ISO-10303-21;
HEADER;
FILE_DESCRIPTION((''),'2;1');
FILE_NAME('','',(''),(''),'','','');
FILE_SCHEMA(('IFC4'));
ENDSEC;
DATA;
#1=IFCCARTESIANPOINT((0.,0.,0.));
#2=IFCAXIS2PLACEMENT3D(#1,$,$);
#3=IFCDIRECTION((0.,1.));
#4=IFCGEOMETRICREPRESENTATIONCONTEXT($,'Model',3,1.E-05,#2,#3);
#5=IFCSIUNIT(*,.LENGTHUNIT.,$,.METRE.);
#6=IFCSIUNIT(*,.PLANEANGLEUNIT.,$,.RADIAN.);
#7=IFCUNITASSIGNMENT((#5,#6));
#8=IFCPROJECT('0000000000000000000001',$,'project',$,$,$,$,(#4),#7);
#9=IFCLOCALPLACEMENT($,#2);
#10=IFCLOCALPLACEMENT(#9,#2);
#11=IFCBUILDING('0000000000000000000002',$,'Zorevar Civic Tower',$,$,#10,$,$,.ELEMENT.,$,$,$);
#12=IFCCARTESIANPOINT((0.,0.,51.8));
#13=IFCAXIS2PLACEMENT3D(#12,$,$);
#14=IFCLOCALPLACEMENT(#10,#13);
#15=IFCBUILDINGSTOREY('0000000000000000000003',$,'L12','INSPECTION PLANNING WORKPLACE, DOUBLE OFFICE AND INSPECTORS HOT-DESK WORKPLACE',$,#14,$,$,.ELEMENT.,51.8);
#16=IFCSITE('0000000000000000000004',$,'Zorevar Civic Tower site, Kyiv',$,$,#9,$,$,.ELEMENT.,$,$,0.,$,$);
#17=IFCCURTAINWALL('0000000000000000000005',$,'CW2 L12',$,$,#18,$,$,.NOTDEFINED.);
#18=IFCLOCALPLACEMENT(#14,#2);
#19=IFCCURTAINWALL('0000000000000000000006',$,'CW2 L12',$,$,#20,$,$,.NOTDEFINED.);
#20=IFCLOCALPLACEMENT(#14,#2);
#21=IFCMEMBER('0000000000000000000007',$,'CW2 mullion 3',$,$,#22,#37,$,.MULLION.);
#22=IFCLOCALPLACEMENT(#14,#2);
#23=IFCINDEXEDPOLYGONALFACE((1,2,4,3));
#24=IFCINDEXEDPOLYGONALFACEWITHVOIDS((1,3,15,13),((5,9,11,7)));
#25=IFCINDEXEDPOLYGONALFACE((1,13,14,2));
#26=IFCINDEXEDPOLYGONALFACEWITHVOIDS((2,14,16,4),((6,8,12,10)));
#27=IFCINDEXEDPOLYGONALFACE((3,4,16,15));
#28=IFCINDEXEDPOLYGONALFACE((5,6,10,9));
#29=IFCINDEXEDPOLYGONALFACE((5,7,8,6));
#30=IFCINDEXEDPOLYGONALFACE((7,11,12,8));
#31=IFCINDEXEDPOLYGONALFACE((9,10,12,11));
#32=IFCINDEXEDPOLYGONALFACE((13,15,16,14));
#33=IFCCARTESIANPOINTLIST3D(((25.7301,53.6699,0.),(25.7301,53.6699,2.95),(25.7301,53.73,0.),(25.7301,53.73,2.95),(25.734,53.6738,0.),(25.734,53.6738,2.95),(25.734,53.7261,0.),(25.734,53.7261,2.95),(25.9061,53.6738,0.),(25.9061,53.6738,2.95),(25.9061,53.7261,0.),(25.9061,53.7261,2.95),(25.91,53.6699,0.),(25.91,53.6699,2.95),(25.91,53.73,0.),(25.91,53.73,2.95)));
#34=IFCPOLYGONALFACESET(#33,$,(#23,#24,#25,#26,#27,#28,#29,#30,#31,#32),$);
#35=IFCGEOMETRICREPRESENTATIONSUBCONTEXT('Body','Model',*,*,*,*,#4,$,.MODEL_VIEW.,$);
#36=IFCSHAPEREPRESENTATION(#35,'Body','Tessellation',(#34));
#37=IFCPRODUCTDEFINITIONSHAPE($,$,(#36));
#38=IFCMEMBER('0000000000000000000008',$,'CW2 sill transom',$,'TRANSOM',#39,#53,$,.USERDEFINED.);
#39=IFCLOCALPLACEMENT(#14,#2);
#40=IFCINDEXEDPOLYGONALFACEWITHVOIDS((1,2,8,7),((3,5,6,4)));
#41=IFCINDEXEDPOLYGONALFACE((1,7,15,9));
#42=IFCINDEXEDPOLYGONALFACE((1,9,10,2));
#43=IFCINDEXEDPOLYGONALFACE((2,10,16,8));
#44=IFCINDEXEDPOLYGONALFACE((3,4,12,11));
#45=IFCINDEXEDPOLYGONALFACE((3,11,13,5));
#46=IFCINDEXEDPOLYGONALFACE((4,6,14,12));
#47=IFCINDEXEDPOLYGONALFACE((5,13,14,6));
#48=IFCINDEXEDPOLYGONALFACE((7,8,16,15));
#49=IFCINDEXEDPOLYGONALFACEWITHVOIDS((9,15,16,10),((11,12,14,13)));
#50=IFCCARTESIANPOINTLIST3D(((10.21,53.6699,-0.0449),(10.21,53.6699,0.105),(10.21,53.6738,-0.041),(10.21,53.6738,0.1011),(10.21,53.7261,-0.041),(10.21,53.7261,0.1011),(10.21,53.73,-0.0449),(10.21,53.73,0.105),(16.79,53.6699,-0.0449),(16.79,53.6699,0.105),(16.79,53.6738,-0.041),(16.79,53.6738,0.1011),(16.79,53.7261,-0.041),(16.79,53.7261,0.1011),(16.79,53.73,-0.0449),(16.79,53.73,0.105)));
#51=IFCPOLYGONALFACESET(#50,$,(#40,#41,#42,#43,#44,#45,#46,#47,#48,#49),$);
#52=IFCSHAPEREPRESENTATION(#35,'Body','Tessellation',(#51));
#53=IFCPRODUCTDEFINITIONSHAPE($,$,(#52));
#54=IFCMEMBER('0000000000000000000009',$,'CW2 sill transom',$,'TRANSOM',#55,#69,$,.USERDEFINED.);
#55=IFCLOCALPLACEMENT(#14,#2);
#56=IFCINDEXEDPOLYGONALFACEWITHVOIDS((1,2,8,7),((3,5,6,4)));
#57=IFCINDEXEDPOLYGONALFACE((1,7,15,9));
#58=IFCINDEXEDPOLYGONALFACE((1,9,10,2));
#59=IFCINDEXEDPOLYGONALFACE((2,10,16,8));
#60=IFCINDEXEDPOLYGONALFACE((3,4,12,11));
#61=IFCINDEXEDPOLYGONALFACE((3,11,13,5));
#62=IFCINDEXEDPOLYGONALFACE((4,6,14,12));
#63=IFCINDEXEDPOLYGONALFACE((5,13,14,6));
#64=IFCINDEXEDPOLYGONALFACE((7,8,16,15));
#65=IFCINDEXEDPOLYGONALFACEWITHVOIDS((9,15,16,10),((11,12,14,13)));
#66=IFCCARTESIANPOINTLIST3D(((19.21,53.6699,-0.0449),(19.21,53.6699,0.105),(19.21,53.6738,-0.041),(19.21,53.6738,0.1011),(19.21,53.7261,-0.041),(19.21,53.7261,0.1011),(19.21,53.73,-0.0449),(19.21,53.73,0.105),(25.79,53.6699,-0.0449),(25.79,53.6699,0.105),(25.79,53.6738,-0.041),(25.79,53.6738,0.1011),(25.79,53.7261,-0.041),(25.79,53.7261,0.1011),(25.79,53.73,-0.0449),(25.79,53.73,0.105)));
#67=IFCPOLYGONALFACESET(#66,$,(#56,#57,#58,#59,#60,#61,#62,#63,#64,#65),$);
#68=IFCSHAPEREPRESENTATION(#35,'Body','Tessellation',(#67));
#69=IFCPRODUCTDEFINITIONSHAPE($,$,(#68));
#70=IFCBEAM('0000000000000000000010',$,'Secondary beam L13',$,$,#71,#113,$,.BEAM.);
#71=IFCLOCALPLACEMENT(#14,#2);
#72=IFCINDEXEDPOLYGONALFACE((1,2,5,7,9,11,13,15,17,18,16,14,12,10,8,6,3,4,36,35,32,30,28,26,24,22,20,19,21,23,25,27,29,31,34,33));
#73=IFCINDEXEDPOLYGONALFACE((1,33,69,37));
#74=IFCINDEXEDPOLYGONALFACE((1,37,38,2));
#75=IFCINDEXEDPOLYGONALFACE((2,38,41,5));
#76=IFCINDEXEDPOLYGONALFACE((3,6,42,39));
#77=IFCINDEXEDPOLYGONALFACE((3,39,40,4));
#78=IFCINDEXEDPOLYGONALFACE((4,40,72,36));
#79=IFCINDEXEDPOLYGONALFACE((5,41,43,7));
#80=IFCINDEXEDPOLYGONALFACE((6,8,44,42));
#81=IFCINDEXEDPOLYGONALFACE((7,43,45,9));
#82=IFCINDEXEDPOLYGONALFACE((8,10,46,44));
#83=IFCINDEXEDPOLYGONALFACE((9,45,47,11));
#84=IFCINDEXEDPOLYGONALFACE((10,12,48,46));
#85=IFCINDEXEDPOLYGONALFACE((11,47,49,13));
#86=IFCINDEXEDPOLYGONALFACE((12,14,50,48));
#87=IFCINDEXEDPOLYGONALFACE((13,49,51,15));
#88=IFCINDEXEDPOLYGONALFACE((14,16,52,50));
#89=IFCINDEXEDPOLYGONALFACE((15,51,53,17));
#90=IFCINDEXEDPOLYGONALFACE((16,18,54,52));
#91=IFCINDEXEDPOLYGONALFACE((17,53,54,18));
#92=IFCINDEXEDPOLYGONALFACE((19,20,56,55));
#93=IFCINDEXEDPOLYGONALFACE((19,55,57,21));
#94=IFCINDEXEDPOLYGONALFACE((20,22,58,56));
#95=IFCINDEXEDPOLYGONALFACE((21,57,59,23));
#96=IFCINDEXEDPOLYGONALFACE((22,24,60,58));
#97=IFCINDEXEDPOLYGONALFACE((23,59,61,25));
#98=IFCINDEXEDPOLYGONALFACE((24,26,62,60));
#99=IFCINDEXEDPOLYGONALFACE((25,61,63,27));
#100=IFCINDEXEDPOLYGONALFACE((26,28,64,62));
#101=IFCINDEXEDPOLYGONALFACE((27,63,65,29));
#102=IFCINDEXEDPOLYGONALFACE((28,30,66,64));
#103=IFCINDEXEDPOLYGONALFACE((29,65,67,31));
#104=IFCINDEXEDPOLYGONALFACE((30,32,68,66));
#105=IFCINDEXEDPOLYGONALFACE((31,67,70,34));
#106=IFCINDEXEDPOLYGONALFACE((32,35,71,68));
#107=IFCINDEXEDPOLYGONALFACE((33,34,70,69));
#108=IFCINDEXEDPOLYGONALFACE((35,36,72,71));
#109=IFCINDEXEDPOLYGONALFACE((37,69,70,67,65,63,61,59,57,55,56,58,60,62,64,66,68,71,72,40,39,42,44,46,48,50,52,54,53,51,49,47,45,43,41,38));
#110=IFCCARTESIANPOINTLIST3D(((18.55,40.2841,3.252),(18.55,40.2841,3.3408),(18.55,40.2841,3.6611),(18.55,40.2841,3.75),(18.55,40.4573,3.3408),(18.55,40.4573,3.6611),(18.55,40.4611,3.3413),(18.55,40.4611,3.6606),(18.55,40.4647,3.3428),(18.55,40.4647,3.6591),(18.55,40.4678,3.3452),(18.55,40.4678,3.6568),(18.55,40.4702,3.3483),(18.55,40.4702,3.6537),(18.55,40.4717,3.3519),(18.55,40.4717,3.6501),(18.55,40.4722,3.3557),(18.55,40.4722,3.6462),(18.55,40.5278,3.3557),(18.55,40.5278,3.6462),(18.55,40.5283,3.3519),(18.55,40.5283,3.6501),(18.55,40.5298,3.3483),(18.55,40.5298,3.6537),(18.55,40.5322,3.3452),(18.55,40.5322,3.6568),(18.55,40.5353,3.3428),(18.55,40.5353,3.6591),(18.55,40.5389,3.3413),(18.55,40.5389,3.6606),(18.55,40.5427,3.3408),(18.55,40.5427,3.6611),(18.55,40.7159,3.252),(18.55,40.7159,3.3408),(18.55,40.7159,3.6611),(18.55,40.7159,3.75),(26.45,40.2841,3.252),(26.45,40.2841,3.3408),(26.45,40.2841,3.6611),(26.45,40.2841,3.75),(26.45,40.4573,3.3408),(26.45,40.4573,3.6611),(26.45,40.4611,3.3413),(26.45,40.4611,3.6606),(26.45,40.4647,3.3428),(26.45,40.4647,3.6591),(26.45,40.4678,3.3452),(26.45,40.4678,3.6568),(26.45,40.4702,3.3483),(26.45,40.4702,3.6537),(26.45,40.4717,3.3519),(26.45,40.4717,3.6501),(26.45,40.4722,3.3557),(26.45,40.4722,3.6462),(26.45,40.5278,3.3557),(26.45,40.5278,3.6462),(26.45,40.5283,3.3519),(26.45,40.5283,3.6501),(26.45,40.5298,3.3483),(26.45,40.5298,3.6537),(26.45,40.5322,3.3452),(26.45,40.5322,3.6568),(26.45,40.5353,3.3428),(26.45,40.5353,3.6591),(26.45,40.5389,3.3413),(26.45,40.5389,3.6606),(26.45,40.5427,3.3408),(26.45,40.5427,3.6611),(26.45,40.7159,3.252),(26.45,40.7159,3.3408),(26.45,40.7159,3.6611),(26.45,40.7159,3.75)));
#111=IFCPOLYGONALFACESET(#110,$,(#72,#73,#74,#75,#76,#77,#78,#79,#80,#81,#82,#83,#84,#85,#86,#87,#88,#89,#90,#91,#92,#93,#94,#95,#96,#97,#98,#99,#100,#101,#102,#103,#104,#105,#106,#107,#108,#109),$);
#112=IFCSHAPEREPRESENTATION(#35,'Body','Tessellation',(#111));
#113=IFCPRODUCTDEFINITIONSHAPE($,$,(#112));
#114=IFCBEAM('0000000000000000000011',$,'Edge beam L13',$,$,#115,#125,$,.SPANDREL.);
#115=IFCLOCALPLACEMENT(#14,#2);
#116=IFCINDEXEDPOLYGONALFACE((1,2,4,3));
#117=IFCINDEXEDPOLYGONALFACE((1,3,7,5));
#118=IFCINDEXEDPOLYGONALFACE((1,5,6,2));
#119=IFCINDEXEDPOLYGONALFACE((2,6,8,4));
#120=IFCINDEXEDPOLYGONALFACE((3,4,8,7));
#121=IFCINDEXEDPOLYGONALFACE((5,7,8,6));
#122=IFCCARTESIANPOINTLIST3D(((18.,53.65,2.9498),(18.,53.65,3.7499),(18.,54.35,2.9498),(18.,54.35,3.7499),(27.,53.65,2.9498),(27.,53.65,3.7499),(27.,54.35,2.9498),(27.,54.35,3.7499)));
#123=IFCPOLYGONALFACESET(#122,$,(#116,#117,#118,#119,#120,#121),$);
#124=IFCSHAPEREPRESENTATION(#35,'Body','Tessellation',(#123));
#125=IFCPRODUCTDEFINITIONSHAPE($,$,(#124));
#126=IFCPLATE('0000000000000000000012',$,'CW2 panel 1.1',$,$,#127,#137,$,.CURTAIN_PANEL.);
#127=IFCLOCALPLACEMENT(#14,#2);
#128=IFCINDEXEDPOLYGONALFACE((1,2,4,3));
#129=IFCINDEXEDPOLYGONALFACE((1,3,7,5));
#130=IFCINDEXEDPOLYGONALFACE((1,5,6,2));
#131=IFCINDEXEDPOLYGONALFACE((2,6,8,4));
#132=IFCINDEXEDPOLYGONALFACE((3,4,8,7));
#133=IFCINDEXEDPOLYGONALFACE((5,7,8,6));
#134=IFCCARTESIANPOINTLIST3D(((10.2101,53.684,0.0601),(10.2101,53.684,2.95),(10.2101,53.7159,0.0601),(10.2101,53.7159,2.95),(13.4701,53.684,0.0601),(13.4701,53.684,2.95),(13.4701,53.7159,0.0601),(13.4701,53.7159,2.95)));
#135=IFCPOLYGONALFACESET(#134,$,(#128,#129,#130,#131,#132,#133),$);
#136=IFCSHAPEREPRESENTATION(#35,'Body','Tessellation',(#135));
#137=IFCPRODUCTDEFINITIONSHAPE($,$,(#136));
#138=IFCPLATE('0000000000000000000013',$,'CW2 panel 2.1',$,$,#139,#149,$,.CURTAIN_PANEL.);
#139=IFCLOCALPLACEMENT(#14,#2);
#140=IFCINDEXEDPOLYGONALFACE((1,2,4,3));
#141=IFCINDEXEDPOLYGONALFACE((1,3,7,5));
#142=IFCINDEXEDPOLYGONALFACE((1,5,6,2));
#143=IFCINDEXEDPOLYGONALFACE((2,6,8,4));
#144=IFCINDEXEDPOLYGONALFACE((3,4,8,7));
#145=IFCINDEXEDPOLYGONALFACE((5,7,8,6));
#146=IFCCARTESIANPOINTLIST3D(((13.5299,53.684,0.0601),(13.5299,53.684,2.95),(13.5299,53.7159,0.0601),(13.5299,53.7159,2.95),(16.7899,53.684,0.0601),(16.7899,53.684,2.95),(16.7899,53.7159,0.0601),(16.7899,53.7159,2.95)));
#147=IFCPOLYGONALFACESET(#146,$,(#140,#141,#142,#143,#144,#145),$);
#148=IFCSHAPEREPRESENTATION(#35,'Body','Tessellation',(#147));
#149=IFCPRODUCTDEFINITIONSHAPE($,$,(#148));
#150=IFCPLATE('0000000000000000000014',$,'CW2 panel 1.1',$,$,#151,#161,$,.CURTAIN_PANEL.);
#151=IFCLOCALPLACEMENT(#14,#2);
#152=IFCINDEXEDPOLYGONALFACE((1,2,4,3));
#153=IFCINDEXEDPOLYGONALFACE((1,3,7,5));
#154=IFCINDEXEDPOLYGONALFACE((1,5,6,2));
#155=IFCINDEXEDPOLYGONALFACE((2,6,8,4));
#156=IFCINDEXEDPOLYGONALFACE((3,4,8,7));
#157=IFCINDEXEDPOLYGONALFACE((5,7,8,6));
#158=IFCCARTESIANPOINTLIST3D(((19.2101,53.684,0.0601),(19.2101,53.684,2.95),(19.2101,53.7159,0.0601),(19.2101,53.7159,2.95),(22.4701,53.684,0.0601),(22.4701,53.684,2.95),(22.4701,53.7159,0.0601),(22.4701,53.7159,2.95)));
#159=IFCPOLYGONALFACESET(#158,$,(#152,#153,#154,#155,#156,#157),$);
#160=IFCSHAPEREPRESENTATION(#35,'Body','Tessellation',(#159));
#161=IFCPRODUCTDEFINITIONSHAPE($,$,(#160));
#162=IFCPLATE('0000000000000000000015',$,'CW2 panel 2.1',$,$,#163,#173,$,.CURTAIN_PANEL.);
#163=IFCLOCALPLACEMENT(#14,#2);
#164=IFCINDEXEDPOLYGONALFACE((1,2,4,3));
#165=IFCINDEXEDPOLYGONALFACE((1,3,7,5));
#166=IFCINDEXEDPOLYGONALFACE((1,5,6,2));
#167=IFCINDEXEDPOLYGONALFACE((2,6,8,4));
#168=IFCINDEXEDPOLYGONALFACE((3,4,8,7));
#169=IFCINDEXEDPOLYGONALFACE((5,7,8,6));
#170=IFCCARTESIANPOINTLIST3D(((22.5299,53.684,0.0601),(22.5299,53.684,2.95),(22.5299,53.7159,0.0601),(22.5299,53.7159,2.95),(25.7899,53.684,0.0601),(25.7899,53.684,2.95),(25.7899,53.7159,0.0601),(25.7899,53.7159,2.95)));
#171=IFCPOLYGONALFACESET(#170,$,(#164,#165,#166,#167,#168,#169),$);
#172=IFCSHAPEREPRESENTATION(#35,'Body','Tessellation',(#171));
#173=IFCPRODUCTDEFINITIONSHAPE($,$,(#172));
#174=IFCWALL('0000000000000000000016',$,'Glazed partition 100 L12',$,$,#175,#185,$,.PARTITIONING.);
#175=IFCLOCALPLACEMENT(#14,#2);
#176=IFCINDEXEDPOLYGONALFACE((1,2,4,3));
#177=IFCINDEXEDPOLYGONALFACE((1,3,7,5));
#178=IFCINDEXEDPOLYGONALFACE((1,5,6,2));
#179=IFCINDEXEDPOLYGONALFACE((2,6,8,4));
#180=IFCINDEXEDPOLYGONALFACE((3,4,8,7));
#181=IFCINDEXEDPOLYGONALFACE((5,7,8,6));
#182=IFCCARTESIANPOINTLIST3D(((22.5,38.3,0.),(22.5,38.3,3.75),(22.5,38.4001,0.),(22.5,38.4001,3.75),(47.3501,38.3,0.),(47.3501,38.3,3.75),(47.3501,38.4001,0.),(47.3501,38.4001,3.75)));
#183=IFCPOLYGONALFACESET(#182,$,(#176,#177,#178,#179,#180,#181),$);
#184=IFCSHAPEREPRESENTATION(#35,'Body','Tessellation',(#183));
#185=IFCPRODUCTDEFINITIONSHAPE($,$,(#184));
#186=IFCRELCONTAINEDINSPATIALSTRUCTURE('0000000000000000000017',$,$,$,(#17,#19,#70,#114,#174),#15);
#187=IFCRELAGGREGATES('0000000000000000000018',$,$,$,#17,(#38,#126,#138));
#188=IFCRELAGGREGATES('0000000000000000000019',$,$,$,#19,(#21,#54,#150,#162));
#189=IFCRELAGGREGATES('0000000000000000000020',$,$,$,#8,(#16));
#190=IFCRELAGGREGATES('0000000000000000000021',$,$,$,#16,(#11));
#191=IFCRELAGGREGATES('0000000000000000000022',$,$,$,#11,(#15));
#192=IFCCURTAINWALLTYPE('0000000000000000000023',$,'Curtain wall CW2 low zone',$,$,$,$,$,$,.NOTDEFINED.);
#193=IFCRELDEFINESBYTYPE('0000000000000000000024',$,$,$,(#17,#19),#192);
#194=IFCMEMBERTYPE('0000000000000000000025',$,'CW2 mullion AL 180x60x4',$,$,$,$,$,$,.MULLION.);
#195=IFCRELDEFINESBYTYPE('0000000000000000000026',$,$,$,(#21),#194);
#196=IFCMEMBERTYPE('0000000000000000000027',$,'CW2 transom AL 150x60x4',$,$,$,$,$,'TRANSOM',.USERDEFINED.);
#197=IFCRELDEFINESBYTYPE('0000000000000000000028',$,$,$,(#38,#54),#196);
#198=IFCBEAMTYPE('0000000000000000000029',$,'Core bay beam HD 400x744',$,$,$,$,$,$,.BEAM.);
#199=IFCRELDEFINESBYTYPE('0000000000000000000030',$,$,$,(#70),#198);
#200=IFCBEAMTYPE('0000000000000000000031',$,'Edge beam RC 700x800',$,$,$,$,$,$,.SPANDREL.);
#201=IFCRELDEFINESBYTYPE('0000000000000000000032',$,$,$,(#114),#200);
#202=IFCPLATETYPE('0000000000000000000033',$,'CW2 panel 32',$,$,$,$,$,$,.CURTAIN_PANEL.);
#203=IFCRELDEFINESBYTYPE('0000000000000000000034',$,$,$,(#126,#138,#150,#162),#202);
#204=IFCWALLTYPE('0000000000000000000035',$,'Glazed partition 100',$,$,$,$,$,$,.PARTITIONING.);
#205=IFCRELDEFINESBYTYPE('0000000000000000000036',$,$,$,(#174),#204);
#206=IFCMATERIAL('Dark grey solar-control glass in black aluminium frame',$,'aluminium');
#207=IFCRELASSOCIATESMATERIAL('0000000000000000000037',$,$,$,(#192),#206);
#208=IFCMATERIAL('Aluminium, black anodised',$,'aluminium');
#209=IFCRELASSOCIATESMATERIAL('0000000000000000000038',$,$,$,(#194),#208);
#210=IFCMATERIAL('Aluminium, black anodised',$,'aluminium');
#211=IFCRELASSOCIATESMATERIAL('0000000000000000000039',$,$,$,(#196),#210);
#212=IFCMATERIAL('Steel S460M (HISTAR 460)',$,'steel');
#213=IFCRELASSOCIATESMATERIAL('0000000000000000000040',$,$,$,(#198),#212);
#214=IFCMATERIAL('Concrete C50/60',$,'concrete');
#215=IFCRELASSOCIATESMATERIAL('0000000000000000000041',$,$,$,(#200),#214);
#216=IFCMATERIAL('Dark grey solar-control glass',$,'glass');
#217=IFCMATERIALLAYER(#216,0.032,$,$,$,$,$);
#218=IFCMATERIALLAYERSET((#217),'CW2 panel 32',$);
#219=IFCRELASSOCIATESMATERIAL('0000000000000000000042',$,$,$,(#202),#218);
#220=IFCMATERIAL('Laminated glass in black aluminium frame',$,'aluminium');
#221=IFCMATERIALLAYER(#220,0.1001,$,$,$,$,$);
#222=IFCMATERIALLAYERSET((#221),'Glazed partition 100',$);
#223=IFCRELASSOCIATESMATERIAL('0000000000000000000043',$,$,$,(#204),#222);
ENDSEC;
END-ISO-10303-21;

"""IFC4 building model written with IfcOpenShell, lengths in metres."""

from ifc_helpers import new_model, si_unit, direction, frame, frame_2d, origin, origin_2d, place, context, subcontext, project, spatial, rectangle, hollow_rectangle, i_section, extrude, material, layer, layer_set, material_profile, profile_set, type_object, element, aggregate, save


model = new_model("IFC4")

# Units and contexts
model_context = context("Model", 3, precision=1e-05, world=origin(), true_north=direction((0.0, 1.0)))
body_context = subcontext(model_context, "Body", "Model", "MODEL_VIEW")
ifc_project = project(units=[si_unit("LENGTHUNIT", "METRE"), si_unit("PLANEANGLEUNIT", "RADIAN")], contexts=[model_context])

# Site, building, storey
site_placement = place(None, origin())
site = spatial("IfcSite", under=ifc_project, at=site_placement, Name="Zorevar Civic Tower site, Kyiv", CompositionType="ELEMENT", RefElevation=0.0)
building_placement = place(site_placement, origin())
building = spatial("IfcBuilding", under=site, at=building_placement, Name="Zorevar Civic Tower", CompositionType="ELEMENT")
storey_placement = place(building_placement, frame((0.0, 0.0, 51.8)))
storey = spatial("IfcBuildingStorey", under=building, at=storey_placement, Name="L12", Description="INSPECTION PLANNING WORKPLACE, DOUBLE OFFICE AND INSPECTORS HOT-DESK WORKPLACE", CompositionType="ELEMENT", Elevation=51.8)

# Curtain walls, member
ifc_material_1 = material(Name="Dark grey solar-control glass in black aluminium frame", Category="aluminium")
curtain_wall_type = type_object("IfcCurtainWallType", Name="Curtain wall CW2 low zone", PredefinedType="NOTDEFINED", material=ifc_material_1)
curtain_wall_1_placement = place(storey_placement, origin())
curtain_wall_1 = element("IfcCurtainWall", 1, at=curtain_wall_1_placement, inside=storey, type_object=curtain_wall_type, Name="CW2 L12", PredefinedType="NOTDEFINED")
ifc_material_2 = material(Name="Aluminium, black anodised", Category="aluminium")
ifc_material_profile_1 = material_profile(ifc_material_2, hollow_rectangle(XDim=0.0601, YDim=0.1799, WallThickness=0.0039, at=origin_2d()), Name="AL 180x60x4")
ifc_profile_set_1 = profile_set([ifc_material_profile_1], Name="Aluminium, black anodised")
member_type_1 = type_object("IfcMemberType", Name="CW2 mullion AL 180x60x4", PredefinedType="MULLION", material=ifc_profile_set_1)
curtain_wall_2_placement = place(storey_placement, origin())
curtain_wall_2 = element("IfcCurtainWall", 2, at=curtain_wall_2_placement, inside=storey, type_object=curtain_wall_type, Name="CW2 L12", PredefinedType="NOTDEFINED")
member_1_placement = place(storey_placement, frame((25.8201, 53.7, 0.0), z_axis=(0.0, 0.0, 1.0), x_axis=(0.0, 1.0, 0.0)))
member_1 = element("IfcMember", 3, at=member_1_placement, type_object=member_type_1, Name="CW2 mullion 3", PredefinedType="MULLION", context=body_context, shape_type="SweptSolid", body=[
    extrude(hollow_rectangle(XDim=0.0601, YDim=0.1799, WallThickness=0.0039, at=origin_2d()), origin(), (0.0, 0.0, 1.0), 2.95),
])

# Members
ifc_material_3 = material(Name="Aluminium, black anodised", Category="aluminium")
ifc_material_profile_2 = material_profile(ifc_material_3, hollow_rectangle(XDim=0.0601, YDim=0.1499, WallThickness=0.0039, at=origin_2d()), Name="AL 150x60x4")
ifc_profile_set_2 = profile_set([ifc_material_profile_2], Name="Aluminium, black anodised")
member_type_2 = type_object("IfcMemberType", Name="CW2 transom AL 150x60x4", ElementType="TRANSOM", PredefinedType="USERDEFINED", material=ifc_profile_set_2)
member_2_placement = place(storey_placement, frame((10.21, 53.7, 0.03), z_axis=(1.0, 0.0, 0.0), x_axis=(0.0, 1.0, 0.0)))
member_2 = element("IfcMember", 4, at=member_2_placement, type_object=member_type_2, Name="CW2 sill transom", ObjectType="TRANSOM", PredefinedType="USERDEFINED", context=body_context, shape_type="SweptSolid", body=[
    extrude(hollow_rectangle(XDim=0.0601, YDim=0.1499, WallThickness=0.0039, at=origin_2d()), origin(), (0.0, 0.0, 1.0), 6.5801),
])
member_3_placement = place(storey_placement, frame((19.21, 53.7, 0.03), z_axis=(1.0, 0.0, 0.0), x_axis=(0.0, 1.0, 0.0)))
member_3 = element("IfcMember", 5, at=member_3_placement, type_object=member_type_2, Name="CW2 sill transom", ObjectType="TRANSOM", PredefinedType="USERDEFINED", context=body_context, shape_type="SweptSolid", body=[
    extrude(hollow_rectangle(XDim=0.0601, YDim=0.1499, WallThickness=0.0039, at=origin_2d()), origin(), (0.0, 0.0, 1.0), 6.5801),
])

# Beams
ifc_material_4 = material(Name="Steel S460M (HISTAR 460)", Category="steel")
ifc_material_profile_3 = material_profile(ifc_material_4, i_section(OverallWidth=0.4319, OverallDepth=0.498, WebThickness=0.0557, FlangeThickness=0.0889, FilletRadius=0.0149, at=origin_2d()), Name="HD 400x744")
ifc_profile_set_3 = profile_set([ifc_material_profile_3], Name="Steel S460M (HISTAR 460)")
beam_type_1 = type_object("IfcBeamType", Name="Core bay beam HD 400x744", PredefinedType="BEAM", material=ifc_profile_set_3)
beam_1_placement = place(storey_placement, frame((18.55, 40.5, 3.501), z_axis=(1.0, 0.0, 0.0), x_axis=(0.0, 1.0, 0.0)))
element("IfcBeam", 6, at=beam_1_placement, inside=storey, type_object=beam_type_1, Name="Secondary beam L13", PredefinedType="BEAM", context=body_context, shape_type="SweptSolid", body=[
    extrude(i_section(OverallWidth=0.4319, OverallDepth=0.498, WebThickness=0.0557, FlangeThickness=0.0889, FilletRadius=0.0149, at=origin_2d()), origin(), (0.0, 0.0, 1.0), 7.8999),
])
ifc_material_5 = material(Name="Concrete C50/60", Category="concrete")
ifc_material_profile_4 = material_profile(ifc_material_5, rectangle(XDim=0.7, YDim=0.8, at=origin_2d()), Name="RC 700x800")
ifc_profile_set_4 = profile_set([ifc_material_profile_4], Name="Concrete C50/60")
beam_type_2 = type_object("IfcBeamType", Name="Edge beam RC 700x800", PredefinedType="SPANDREL", material=ifc_profile_set_4)
beam_2_placement = place(storey_placement, frame((18.0, 54.0, 3.3499), z_axis=(1.0, 0.0, 0.0), x_axis=(0.0, 1.0, 0.0)))
element("IfcBeam", 7, at=beam_2_placement, inside=storey, type_object=beam_type_2, Name="Edge beam L13", PredefinedType="SPANDREL", context=body_context, shape_type="SweptSolid", body=[
    extrude(rectangle(XDim=0.7, YDim=0.8, at=origin_2d()), origin(), (0.0, 0.0, 1.0), 9.0),
])

# Plates
ifc_material_6 = material(Name="Dark grey solar-control glass", Category="glass")
ifc_layer_1 = layer(ifc_material_6, 0.032)
ifc_layer_set_1 = layer_set([ifc_layer_1], Name="CW2 panel 32")
plate_type = type_object("IfcPlateType", Name="CW2 panel 32", PredefinedType="CURTAIN_PANEL", material=ifc_layer_set_1)
plate_1_placement = place(storey_placement, frame((11.8401, 53.7, 0.0601), z_axis=(0.0, 0.0, 1.0), x_axis=(1.0, 0.0, 0.0)))
plate_1 = element("IfcPlate", 8, at=plate_1_placement, type_object=plate_type, Name="CW2 panel 1.1", PredefinedType="CURTAIN_PANEL", context=body_context, shape_type="SweptSolid", body=[
    extrude(rectangle(XDim=3.26, YDim=0.032, at=origin_2d()), origin(), (0.0, 0.0, 1.0), 2.8899),
])
plate_2_placement = place(storey_placement, frame((15.1599, 53.7, 0.0601), z_axis=(0.0, 0.0, 1.0), x_axis=(1.0, 0.0, 0.0)))
plate_2 = element("IfcPlate", 9, at=plate_2_placement, type_object=plate_type, Name="CW2 panel 2.1", PredefinedType="CURTAIN_PANEL", context=body_context, shape_type="SweptSolid", body=[
    extrude(rectangle(XDim=3.26, YDim=0.032, at=origin_2d()), origin(), (0.0, 0.0, 1.0), 2.8899),
])
aggregate(curtain_wall_1, [member_2, plate_1, plate_2])
plate_3_placement = place(storey_placement, frame((20.8401, 53.7, 0.0601), z_axis=(0.0, 0.0, 1.0), x_axis=(1.0, 0.0, 0.0)))
plate_3 = element("IfcPlate", 10, at=plate_3_placement, type_object=plate_type, Name="CW2 panel 1.1", PredefinedType="CURTAIN_PANEL", context=body_context, shape_type="SweptSolid", body=[
    extrude(rectangle(XDim=3.26, YDim=0.032, at=origin_2d()), origin(), (0.0, 0.0, 1.0), 2.8899),
])
plate_4_placement = place(storey_placement, frame((24.1599, 53.7, 0.0601), z_axis=(0.0, 0.0, 1.0), x_axis=(1.0, 0.0, 0.0)))
plate_4 = element("IfcPlate", 11, at=plate_4_placement, type_object=plate_type, Name="CW2 panel 2.1", PredefinedType="CURTAIN_PANEL", context=body_context, shape_type="SweptSolid", body=[
    extrude(rectangle(XDim=3.26, YDim=0.032, at=origin_2d()), origin(), (0.0, 0.0, 1.0), 2.8899),
])
aggregate(curtain_wall_2, [member_1, member_3, plate_3, plate_4])

# Wall
ifc_material_7 = material(Name="Laminated glass in black aluminium frame", Category="aluminium")
ifc_layer_2 = layer(ifc_material_7, 0.1001)
ifc_layer_set_2 = layer_set([ifc_layer_2], Name="Glazed partition 100")
wall_type_1 = type_object("IfcWallType", Name="Glazed partition 100", PredefinedType="PARTITIONING", material=ifc_layer_set_2)
wall_1_placement = place(storey_placement, frame((22.5, 38.3501, 0.0), z_axis=(0.0, 0.0, 1.0), x_axis=(1.0, 0.0, 0.0)))
element("IfcWall", 12, at=wall_1_placement, inside=storey, type_object=wall_type_1, Name="Glazed partition 100 L12", PredefinedType="PARTITIONING", context=body_context, shape_type="SweptSolid", body=[
    extrude(rectangle(XDim=24.8501, YDim=0.1001, at=frame_2d((12.425, 0.0))), origin(), (0.0, 0.0, 1.0), 3.75),
])

save(model, "model.ifc")
